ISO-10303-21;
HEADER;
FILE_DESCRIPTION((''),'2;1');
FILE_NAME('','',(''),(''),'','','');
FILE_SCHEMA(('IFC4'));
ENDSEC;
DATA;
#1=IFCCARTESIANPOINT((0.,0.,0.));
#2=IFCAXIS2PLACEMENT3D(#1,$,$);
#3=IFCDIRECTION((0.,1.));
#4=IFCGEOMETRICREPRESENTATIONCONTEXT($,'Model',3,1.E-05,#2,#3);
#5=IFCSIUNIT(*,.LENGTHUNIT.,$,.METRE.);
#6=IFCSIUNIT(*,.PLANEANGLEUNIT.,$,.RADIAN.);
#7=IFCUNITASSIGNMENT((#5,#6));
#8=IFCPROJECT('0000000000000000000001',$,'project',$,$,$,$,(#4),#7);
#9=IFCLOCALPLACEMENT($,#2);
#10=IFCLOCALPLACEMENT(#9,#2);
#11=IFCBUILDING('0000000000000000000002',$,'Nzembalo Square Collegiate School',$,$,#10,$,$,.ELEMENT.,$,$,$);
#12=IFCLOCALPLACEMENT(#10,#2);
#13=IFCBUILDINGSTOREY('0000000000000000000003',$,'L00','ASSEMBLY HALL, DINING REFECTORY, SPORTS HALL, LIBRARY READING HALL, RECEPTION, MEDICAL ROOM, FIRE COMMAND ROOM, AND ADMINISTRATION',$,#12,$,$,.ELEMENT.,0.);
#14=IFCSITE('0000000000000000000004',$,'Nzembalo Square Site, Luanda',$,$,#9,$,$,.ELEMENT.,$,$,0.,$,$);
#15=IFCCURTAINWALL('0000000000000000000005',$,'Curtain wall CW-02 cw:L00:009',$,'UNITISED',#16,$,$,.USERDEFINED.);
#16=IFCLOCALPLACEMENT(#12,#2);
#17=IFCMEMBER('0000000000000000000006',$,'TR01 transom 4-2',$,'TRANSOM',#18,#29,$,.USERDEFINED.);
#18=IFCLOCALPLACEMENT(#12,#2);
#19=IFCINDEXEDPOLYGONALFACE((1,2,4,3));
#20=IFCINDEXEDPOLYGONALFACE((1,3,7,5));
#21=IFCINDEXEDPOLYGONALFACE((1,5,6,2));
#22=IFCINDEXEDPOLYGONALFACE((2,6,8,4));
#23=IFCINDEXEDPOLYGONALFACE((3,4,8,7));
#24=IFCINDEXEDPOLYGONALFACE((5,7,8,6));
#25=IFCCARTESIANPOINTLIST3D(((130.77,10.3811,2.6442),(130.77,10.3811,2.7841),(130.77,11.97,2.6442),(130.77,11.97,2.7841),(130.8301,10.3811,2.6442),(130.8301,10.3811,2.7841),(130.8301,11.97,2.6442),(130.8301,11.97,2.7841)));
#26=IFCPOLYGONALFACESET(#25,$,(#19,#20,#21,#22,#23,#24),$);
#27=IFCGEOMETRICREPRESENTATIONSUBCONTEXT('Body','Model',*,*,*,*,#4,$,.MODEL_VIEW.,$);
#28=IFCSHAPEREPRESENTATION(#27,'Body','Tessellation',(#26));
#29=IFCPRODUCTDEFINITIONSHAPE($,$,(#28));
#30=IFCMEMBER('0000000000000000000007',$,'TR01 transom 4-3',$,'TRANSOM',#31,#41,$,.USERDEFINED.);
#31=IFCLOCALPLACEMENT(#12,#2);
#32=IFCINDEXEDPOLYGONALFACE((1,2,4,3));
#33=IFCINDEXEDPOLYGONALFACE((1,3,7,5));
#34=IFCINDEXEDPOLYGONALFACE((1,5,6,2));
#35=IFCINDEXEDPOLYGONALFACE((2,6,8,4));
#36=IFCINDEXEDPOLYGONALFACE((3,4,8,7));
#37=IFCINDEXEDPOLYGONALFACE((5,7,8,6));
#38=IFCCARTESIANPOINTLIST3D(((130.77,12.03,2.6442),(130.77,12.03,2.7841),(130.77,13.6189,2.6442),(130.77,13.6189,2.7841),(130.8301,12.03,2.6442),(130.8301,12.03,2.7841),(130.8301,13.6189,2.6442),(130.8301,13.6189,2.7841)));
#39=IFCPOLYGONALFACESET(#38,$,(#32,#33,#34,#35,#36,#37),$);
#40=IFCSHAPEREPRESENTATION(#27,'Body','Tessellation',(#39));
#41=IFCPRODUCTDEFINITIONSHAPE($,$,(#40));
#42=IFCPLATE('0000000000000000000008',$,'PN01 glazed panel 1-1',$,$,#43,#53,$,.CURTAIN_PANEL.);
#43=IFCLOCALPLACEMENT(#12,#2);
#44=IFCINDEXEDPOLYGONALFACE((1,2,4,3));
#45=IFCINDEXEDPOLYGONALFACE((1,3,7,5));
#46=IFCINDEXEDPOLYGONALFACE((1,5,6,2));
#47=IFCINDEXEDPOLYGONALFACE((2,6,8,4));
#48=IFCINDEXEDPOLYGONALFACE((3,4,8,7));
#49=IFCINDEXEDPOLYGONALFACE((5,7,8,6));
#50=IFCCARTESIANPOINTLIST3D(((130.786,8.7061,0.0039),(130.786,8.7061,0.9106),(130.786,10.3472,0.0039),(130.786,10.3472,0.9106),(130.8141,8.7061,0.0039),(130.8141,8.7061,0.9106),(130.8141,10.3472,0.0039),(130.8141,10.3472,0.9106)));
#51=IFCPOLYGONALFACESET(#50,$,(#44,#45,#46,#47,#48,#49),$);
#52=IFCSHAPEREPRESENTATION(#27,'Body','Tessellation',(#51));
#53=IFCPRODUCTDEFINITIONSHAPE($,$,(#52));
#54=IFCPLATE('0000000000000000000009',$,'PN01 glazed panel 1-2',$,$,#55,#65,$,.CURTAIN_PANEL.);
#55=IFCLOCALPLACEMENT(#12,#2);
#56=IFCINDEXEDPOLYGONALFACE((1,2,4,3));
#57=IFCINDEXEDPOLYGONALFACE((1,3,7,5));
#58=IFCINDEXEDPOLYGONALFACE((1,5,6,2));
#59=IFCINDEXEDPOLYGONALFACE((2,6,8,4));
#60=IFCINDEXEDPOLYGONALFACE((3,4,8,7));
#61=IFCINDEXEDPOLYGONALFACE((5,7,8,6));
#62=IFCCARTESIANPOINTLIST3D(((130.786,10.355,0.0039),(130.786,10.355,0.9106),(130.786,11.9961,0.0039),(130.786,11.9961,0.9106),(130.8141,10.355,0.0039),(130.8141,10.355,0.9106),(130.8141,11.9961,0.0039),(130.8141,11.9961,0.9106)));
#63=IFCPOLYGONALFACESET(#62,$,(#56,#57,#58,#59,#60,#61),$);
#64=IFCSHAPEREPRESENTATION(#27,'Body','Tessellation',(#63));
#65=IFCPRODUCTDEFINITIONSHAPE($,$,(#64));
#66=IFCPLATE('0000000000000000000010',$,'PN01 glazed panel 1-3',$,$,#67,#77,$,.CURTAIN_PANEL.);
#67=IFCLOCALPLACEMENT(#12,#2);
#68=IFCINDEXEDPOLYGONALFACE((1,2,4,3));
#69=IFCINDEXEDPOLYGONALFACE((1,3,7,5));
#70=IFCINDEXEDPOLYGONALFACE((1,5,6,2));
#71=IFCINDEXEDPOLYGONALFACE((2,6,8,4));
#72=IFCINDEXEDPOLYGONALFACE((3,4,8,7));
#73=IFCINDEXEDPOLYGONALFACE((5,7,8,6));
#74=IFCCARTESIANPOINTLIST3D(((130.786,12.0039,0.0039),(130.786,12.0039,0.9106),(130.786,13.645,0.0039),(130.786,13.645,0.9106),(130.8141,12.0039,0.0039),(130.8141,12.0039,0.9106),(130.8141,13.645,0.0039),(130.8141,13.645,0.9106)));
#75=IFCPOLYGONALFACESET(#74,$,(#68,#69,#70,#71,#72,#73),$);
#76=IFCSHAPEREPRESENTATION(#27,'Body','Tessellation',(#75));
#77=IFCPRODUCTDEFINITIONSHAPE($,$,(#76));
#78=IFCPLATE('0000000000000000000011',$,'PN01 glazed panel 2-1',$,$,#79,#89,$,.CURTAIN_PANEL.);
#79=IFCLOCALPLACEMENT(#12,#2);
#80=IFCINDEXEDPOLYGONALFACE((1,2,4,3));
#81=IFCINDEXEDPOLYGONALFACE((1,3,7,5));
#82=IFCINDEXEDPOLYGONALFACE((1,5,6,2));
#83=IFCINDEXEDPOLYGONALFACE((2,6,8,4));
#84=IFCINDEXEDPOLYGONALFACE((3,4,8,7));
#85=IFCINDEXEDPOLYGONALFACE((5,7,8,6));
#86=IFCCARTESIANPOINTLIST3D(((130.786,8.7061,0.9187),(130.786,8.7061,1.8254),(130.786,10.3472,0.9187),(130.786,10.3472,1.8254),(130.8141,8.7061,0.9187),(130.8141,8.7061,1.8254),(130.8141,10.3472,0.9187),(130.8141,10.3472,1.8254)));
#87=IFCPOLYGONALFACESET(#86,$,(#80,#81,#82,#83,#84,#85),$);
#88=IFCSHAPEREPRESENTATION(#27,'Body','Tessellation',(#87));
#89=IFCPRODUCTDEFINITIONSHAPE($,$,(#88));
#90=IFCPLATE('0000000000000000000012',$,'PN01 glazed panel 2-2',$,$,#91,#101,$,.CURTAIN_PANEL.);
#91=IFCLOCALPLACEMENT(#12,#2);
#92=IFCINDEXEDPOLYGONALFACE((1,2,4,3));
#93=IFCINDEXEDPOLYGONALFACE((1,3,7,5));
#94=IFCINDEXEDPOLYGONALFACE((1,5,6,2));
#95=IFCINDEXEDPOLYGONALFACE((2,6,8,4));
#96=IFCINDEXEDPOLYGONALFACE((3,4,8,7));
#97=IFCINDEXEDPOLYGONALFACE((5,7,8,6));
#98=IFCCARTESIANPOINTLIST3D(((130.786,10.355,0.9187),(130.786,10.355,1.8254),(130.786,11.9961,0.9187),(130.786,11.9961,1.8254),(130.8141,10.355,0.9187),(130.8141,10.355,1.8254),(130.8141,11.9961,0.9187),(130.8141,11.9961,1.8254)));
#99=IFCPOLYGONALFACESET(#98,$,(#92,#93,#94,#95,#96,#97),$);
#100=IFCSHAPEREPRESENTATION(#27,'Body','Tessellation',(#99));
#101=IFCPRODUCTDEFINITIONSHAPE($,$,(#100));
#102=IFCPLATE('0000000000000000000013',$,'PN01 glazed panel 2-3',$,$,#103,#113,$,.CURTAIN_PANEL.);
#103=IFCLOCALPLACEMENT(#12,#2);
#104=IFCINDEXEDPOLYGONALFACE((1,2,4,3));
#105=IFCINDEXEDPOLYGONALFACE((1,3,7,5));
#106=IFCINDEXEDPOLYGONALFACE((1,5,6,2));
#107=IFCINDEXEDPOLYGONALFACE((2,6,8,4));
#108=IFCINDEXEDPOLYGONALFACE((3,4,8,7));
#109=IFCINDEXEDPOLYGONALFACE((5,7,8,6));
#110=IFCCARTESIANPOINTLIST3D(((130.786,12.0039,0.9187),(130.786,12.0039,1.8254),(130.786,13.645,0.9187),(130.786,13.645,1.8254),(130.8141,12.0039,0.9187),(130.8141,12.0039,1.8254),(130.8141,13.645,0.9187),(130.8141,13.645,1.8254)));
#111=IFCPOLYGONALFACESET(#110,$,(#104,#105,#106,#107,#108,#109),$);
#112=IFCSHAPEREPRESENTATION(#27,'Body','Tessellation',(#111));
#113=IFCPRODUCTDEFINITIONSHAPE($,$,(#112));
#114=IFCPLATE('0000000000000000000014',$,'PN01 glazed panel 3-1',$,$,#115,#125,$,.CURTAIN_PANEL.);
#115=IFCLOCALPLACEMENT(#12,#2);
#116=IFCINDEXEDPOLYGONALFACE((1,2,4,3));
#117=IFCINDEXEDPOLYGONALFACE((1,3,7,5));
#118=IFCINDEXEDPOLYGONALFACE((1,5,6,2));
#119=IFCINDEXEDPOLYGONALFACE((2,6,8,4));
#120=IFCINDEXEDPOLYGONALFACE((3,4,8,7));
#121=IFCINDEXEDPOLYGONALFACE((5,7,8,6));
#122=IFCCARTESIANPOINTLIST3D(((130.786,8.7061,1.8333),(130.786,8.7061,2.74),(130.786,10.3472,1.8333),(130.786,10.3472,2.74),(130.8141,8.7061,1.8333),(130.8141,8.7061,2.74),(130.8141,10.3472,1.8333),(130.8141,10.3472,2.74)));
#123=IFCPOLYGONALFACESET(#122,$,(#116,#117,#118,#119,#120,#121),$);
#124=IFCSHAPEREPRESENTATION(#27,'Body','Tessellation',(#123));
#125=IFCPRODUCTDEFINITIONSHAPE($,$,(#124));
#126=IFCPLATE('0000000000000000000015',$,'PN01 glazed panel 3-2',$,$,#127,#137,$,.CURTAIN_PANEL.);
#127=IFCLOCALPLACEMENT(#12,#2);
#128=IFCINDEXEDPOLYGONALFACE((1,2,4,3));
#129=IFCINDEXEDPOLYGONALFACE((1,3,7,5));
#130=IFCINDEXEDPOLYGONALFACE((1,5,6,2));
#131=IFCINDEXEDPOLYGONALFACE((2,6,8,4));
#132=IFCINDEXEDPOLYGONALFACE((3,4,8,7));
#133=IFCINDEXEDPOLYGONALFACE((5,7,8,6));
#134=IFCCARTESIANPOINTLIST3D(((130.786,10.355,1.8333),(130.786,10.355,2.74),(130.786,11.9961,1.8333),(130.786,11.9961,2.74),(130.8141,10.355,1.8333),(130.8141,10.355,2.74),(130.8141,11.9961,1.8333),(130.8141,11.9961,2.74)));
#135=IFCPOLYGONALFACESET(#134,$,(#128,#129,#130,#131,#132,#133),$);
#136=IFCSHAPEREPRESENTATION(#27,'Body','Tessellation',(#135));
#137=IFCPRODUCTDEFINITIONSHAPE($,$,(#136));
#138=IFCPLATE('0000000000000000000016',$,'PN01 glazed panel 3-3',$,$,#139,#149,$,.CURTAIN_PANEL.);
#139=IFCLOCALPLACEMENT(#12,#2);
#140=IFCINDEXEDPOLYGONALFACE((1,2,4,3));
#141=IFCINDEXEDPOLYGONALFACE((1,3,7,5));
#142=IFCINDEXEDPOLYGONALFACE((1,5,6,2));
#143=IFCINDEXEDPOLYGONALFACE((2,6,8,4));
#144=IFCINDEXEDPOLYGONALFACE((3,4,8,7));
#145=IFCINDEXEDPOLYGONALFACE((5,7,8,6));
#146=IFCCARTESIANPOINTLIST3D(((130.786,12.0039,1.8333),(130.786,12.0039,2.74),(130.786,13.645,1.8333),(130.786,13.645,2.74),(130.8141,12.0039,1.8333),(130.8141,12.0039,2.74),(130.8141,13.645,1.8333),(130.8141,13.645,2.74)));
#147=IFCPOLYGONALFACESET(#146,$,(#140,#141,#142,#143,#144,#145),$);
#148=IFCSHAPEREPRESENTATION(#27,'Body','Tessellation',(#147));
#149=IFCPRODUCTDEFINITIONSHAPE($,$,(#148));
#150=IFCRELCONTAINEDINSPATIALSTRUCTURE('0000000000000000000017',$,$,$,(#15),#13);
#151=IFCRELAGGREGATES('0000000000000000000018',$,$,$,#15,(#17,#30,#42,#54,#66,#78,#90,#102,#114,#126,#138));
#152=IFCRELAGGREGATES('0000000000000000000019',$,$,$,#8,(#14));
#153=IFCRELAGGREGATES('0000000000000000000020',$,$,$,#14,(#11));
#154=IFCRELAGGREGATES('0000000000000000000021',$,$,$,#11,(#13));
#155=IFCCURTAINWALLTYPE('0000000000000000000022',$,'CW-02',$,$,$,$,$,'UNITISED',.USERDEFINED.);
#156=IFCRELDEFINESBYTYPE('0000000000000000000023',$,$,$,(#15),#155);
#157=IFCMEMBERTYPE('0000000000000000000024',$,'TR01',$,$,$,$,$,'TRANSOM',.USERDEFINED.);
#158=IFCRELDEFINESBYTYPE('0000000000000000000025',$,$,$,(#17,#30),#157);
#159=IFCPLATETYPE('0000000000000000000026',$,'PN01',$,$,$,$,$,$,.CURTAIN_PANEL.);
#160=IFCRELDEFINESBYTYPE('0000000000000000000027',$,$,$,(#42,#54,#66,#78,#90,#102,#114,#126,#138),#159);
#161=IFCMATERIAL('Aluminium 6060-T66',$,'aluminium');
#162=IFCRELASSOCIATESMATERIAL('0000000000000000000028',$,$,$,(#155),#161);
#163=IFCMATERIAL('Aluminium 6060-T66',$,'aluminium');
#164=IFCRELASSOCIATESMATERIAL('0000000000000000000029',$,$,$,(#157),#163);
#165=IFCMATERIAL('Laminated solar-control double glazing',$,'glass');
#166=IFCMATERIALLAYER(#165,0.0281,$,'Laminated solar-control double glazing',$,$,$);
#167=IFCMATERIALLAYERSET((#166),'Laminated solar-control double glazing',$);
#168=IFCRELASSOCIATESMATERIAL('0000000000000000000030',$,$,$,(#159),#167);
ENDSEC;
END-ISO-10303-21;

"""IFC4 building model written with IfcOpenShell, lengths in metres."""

from ifc_helpers import new_model, si_unit, direction, frame, origin, origin_2d, place, context, subcontext, project, spatial, rectangle, extrude, material, layer, layer_set, material_profile, profile_set, type_object, element, aggregate, save


model = new_model("IFC4")

# Units and contexts
model_context = context("Model", 3, precision=1e-05, world=origin(), true_north=direction((0.0, 1.0)))
body_context = subcontext(model_context, "Body", "Model", "MODEL_VIEW")
ifc_project = project(units=[si_unit("LENGTHUNIT", "METRE"), si_unit("PLANEANGLEUNIT", "RADIAN")], contexts=[model_context])

# Site, building, storey
site_placement = place(None, origin())
site = spatial("IfcSite", under=ifc_project, at=site_placement, Name="Nzembalo Square Site, Luanda", CompositionType="ELEMENT", RefElevation=0.0)
building_placement = place(site_placement, origin())
building = spatial("IfcBuilding", under=site, at=building_placement, Name="Nzembalo Square Collegiate School", CompositionType="ELEMENT")
storey_placement = place(building_placement, origin())
storey = spatial("IfcBuildingStorey", under=building, at=storey_placement, Name="L00", Description="ASSEMBLY HALL, DINING REFECTORY, SPORTS HALL, LIBRARY READING HALL, RECEPTION, MEDICAL ROOM, FIRE COMMAND ROOM, AND ADMINISTRATION", CompositionType="ELEMENT", Elevation=0.0)

# Curtain wall, members, plates
ifc_material_1 = material(Name="Aluminium 6060-T66", Category="aluminium")
curtain_wall_type = type_object("IfcCurtainWallType", Name="CW-02", ElementType="UNITISED", PredefinedType="USERDEFINED", material=ifc_material_1)
curtain_wall_placement = place(storey_placement, origin())
curtain_wall = element("IfcCurtainWall", 1, at=curtain_wall_placement, inside=storey, type_object=curtain_wall_type, Name="Curtain wall CW-02 cw:L00:009", ObjectType="UNITISED", PredefinedType="USERDEFINED")
ifc_material_2 = material(Name="Aluminium 6060-T66", Category="aluminium")
ifc_material_profile_1 = material_profile(ifc_material_2, rectangle(XDim=0.0601, YDim=0.1399, at=origin_2d()), Name="ALU T60x140")
ifc_profile_set_1 = profile_set([ifc_material_profile_1], Name="Aluminium 6060-T66")
member_type_1 = type_object("IfcMemberType", Name="TR01", ElementType="TRANSOM", PredefinedType="USERDEFINED", material=ifc_profile_set_1)
member_1_placement = place(storey_placement, frame((130.8, 10.3811, 2.7141), z_axis=(0.0, 1.0, 0.0), x_axis=(-1.0, 0.0, 0.0)))
member_1 = element("IfcMember", 2, at=member_1_placement, type_object=member_type_1, Name="TR01 transom 4-2", ObjectType="TRANSOM", PredefinedType="USERDEFINED", context=body_context, shape_type="SweptSolid", body=[
    extrude(rectangle(XDim=0.0601, YDim=0.1399, at=origin_2d()), origin(), (0.0, 0.0, 1.0), 1.5889),
])
member_2_placement = place(storey_placement, frame((130.8, 12.03, 2.7141), z_axis=(0.0, 1.0, 0.0), x_axis=(-1.0, 0.0, 0.0)))
member_2 = element("IfcMember", 3, at=member_2_placement, type_object=member_type_1, Name="TR01 transom 4-3", ObjectType="TRANSOM", PredefinedType="USERDEFINED", context=body_context, shape_type="SweptSolid", body=[
    extrude(rectangle(XDim=0.0601, YDim=0.1399, at=origin_2d()), origin(), (0.0, 0.0, 1.0), 1.5889),
])
ifc_material_3 = material(Name="Laminated solar-control double glazing", Category="glass")
ifc_layer = layer(ifc_material_3, 0.0281, Name="Laminated solar-control double glazing")
ifc_layer_set = layer_set([ifc_layer], Name="Laminated solar-control double glazing")
plate_type = type_object("IfcPlateType", Name="PN01", PredefinedType="CURTAIN_PANEL", material=ifc_layer_set)
plate_1_placement = place(storey_placement, frame((130.8, 9.5266, 0.0039), z_axis=(0.0, 0.0, 1.0), x_axis=(0.0, 1.0, 0.0)))
plate_1 = element("IfcPlate", 4, at=plate_1_placement, type_object=plate_type, Name="PN01 glazed panel 1-1", PredefinedType="CURTAIN_PANEL", context=body_context, shape_type="SweptSolid", body=[
    extrude(rectangle(XDim=1.6411, YDim=0.0281, at=origin_2d()), origin(), (0.0, 0.0, 1.0), 0.9067),
])
plate_2_placement = place(storey_placement, frame((130.8, 11.1755, 0.0039), z_axis=(0.0, 0.0, 1.0), x_axis=(0.0, 1.0, 0.0)))
plate_2 = element("IfcPlate", 5, at=plate_2_placement, type_object=plate_type, Name="PN01 glazed panel 1-2", PredefinedType="CURTAIN_PANEL", context=body_context, shape_type="SweptSolid", body=[
    extrude(rectangle(XDim=1.6411, YDim=0.0281, at=origin_2d()), origin(), (0.0, 0.0, 1.0), 0.9067),
])
plate_3_placement = place(storey_placement, frame((130.8, 12.8245, 0.0039), z_axis=(0.0, 0.0, 1.0), x_axis=(0.0, 1.0, 0.0)))
plate_3 = element("IfcPlate", 6, at=plate_3_placement, type_object=plate_type, Name="PN01 glazed panel 1-3", PredefinedType="CURTAIN_PANEL", context=body_context, shape_type="SweptSolid", body=[
    extrude(rectangle(XDim=1.6411, YDim=0.0281, at=origin_2d()), origin(), (0.0, 0.0, 1.0), 0.9067),
])
plate_4_placement = place(storey_placement, frame((130.8, 9.5266, 0.9187), z_axis=(0.0, 0.0, 1.0), x_axis=(0.0, 1.0, 0.0)))
plate_4 = element("IfcPlate", 7, at=plate_4_placement, type_object=plate_type, Name="PN01 glazed panel 2-1", PredefinedType="CURTAIN_PANEL", context=body_context, shape_type="SweptSolid", body=[
    extrude(rectangle(XDim=1.6411, YDim=0.0281, at=origin_2d()), origin(), (0.0, 0.0, 1.0), 0.9067),
])
plate_5_placement = place(storey_placement, frame((130.8, 11.1755, 0.9187), z_axis=(0.0, 0.0, 1.0), x_axis=(0.0, 1.0, 0.0)))
plate_5 = element("IfcPlate", 8, at=plate_5_placement, type_object=plate_type, Name="PN01 glazed panel 2-2", PredefinedType="CURTAIN_PANEL", context=body_context, shape_type="SweptSolid", body=[
    extrude(rectangle(XDim=1.6411, YDim=0.0281, at=origin_2d()), origin(), (0.0, 0.0, 1.0), 0.9067),
])
plate_6_placement = place(storey_placement, frame((130.8, 12.8245, 0.9187), z_axis=(0.0, 0.0, 1.0), x_axis=(0.0, 1.0, 0.0)))
plate_6 = element("IfcPlate", 9, at=plate_6_placement, type_object=plate_type, Name="PN01 glazed panel 2-3", PredefinedType="CURTAIN_PANEL", context=body_context, shape_type="SweptSolid", body=[
    extrude(rectangle(XDim=1.6411, YDim=0.0281, at=origin_2d()), origin(), (0.0, 0.0, 1.0), 0.9067),
])
plate_7_placement = place(storey_placement, frame((130.8, 9.5266, 1.8333), z_axis=(0.0, 0.0, 1.0), x_axis=(0.0, 1.0, 0.0)))
plate_7 = element("IfcPlate", 10, at=plate_7_placement, type_object=plate_type, Name="PN01 glazed panel 3-1", PredefinedType="CURTAIN_PANEL", context=body_context, shape_type="SweptSolid", body=[
    extrude(rectangle(XDim=1.6411, YDim=0.0281, at=origin_2d()), origin(), (0.0, 0.0, 1.0), 0.9067),
])
plate_8_placement = place(storey_placement, frame((130.8, 11.1755, 1.8333), z_axis=(0.0, 0.0, 1.0), x_axis=(0.0, 1.0, 0.0)))
plate_8 = element("IfcPlate", 11, at=plate_8_placement, type_object=plate_type, Name="PN01 glazed panel 3-2", PredefinedType="CURTAIN_PANEL", context=body_context, shape_type="SweptSolid", body=[
    extrude(rectangle(XDim=1.6411, YDim=0.0281, at=origin_2d()), origin(), (0.0, 0.0, 1.0), 0.9067),
])
plate_9_placement = place(storey_placement, frame((130.8, 12.8245, 1.8333), z_axis=(0.0, 0.0, 1.0), x_axis=(0.0, 1.0, 0.0)))
plate_9 = element("IfcPlate", 12, at=plate_9_placement, type_object=plate_type, Name="PN01 glazed panel 3-3", PredefinedType="CURTAIN_PANEL", context=body_context, shape_type="SweptSolid", body=[
    extrude(rectangle(XDim=1.6411, YDim=0.0281, at=origin_2d()), origin(), (0.0, 0.0, 1.0), 0.9067),
])
aggregate(curtain_wall, [member_1, member_2, plate_1, plate_2, plate_3, plate_4, plate_5, plate_6, plate_7, plate_8, plate_9])

save(model, "model.ifc")
